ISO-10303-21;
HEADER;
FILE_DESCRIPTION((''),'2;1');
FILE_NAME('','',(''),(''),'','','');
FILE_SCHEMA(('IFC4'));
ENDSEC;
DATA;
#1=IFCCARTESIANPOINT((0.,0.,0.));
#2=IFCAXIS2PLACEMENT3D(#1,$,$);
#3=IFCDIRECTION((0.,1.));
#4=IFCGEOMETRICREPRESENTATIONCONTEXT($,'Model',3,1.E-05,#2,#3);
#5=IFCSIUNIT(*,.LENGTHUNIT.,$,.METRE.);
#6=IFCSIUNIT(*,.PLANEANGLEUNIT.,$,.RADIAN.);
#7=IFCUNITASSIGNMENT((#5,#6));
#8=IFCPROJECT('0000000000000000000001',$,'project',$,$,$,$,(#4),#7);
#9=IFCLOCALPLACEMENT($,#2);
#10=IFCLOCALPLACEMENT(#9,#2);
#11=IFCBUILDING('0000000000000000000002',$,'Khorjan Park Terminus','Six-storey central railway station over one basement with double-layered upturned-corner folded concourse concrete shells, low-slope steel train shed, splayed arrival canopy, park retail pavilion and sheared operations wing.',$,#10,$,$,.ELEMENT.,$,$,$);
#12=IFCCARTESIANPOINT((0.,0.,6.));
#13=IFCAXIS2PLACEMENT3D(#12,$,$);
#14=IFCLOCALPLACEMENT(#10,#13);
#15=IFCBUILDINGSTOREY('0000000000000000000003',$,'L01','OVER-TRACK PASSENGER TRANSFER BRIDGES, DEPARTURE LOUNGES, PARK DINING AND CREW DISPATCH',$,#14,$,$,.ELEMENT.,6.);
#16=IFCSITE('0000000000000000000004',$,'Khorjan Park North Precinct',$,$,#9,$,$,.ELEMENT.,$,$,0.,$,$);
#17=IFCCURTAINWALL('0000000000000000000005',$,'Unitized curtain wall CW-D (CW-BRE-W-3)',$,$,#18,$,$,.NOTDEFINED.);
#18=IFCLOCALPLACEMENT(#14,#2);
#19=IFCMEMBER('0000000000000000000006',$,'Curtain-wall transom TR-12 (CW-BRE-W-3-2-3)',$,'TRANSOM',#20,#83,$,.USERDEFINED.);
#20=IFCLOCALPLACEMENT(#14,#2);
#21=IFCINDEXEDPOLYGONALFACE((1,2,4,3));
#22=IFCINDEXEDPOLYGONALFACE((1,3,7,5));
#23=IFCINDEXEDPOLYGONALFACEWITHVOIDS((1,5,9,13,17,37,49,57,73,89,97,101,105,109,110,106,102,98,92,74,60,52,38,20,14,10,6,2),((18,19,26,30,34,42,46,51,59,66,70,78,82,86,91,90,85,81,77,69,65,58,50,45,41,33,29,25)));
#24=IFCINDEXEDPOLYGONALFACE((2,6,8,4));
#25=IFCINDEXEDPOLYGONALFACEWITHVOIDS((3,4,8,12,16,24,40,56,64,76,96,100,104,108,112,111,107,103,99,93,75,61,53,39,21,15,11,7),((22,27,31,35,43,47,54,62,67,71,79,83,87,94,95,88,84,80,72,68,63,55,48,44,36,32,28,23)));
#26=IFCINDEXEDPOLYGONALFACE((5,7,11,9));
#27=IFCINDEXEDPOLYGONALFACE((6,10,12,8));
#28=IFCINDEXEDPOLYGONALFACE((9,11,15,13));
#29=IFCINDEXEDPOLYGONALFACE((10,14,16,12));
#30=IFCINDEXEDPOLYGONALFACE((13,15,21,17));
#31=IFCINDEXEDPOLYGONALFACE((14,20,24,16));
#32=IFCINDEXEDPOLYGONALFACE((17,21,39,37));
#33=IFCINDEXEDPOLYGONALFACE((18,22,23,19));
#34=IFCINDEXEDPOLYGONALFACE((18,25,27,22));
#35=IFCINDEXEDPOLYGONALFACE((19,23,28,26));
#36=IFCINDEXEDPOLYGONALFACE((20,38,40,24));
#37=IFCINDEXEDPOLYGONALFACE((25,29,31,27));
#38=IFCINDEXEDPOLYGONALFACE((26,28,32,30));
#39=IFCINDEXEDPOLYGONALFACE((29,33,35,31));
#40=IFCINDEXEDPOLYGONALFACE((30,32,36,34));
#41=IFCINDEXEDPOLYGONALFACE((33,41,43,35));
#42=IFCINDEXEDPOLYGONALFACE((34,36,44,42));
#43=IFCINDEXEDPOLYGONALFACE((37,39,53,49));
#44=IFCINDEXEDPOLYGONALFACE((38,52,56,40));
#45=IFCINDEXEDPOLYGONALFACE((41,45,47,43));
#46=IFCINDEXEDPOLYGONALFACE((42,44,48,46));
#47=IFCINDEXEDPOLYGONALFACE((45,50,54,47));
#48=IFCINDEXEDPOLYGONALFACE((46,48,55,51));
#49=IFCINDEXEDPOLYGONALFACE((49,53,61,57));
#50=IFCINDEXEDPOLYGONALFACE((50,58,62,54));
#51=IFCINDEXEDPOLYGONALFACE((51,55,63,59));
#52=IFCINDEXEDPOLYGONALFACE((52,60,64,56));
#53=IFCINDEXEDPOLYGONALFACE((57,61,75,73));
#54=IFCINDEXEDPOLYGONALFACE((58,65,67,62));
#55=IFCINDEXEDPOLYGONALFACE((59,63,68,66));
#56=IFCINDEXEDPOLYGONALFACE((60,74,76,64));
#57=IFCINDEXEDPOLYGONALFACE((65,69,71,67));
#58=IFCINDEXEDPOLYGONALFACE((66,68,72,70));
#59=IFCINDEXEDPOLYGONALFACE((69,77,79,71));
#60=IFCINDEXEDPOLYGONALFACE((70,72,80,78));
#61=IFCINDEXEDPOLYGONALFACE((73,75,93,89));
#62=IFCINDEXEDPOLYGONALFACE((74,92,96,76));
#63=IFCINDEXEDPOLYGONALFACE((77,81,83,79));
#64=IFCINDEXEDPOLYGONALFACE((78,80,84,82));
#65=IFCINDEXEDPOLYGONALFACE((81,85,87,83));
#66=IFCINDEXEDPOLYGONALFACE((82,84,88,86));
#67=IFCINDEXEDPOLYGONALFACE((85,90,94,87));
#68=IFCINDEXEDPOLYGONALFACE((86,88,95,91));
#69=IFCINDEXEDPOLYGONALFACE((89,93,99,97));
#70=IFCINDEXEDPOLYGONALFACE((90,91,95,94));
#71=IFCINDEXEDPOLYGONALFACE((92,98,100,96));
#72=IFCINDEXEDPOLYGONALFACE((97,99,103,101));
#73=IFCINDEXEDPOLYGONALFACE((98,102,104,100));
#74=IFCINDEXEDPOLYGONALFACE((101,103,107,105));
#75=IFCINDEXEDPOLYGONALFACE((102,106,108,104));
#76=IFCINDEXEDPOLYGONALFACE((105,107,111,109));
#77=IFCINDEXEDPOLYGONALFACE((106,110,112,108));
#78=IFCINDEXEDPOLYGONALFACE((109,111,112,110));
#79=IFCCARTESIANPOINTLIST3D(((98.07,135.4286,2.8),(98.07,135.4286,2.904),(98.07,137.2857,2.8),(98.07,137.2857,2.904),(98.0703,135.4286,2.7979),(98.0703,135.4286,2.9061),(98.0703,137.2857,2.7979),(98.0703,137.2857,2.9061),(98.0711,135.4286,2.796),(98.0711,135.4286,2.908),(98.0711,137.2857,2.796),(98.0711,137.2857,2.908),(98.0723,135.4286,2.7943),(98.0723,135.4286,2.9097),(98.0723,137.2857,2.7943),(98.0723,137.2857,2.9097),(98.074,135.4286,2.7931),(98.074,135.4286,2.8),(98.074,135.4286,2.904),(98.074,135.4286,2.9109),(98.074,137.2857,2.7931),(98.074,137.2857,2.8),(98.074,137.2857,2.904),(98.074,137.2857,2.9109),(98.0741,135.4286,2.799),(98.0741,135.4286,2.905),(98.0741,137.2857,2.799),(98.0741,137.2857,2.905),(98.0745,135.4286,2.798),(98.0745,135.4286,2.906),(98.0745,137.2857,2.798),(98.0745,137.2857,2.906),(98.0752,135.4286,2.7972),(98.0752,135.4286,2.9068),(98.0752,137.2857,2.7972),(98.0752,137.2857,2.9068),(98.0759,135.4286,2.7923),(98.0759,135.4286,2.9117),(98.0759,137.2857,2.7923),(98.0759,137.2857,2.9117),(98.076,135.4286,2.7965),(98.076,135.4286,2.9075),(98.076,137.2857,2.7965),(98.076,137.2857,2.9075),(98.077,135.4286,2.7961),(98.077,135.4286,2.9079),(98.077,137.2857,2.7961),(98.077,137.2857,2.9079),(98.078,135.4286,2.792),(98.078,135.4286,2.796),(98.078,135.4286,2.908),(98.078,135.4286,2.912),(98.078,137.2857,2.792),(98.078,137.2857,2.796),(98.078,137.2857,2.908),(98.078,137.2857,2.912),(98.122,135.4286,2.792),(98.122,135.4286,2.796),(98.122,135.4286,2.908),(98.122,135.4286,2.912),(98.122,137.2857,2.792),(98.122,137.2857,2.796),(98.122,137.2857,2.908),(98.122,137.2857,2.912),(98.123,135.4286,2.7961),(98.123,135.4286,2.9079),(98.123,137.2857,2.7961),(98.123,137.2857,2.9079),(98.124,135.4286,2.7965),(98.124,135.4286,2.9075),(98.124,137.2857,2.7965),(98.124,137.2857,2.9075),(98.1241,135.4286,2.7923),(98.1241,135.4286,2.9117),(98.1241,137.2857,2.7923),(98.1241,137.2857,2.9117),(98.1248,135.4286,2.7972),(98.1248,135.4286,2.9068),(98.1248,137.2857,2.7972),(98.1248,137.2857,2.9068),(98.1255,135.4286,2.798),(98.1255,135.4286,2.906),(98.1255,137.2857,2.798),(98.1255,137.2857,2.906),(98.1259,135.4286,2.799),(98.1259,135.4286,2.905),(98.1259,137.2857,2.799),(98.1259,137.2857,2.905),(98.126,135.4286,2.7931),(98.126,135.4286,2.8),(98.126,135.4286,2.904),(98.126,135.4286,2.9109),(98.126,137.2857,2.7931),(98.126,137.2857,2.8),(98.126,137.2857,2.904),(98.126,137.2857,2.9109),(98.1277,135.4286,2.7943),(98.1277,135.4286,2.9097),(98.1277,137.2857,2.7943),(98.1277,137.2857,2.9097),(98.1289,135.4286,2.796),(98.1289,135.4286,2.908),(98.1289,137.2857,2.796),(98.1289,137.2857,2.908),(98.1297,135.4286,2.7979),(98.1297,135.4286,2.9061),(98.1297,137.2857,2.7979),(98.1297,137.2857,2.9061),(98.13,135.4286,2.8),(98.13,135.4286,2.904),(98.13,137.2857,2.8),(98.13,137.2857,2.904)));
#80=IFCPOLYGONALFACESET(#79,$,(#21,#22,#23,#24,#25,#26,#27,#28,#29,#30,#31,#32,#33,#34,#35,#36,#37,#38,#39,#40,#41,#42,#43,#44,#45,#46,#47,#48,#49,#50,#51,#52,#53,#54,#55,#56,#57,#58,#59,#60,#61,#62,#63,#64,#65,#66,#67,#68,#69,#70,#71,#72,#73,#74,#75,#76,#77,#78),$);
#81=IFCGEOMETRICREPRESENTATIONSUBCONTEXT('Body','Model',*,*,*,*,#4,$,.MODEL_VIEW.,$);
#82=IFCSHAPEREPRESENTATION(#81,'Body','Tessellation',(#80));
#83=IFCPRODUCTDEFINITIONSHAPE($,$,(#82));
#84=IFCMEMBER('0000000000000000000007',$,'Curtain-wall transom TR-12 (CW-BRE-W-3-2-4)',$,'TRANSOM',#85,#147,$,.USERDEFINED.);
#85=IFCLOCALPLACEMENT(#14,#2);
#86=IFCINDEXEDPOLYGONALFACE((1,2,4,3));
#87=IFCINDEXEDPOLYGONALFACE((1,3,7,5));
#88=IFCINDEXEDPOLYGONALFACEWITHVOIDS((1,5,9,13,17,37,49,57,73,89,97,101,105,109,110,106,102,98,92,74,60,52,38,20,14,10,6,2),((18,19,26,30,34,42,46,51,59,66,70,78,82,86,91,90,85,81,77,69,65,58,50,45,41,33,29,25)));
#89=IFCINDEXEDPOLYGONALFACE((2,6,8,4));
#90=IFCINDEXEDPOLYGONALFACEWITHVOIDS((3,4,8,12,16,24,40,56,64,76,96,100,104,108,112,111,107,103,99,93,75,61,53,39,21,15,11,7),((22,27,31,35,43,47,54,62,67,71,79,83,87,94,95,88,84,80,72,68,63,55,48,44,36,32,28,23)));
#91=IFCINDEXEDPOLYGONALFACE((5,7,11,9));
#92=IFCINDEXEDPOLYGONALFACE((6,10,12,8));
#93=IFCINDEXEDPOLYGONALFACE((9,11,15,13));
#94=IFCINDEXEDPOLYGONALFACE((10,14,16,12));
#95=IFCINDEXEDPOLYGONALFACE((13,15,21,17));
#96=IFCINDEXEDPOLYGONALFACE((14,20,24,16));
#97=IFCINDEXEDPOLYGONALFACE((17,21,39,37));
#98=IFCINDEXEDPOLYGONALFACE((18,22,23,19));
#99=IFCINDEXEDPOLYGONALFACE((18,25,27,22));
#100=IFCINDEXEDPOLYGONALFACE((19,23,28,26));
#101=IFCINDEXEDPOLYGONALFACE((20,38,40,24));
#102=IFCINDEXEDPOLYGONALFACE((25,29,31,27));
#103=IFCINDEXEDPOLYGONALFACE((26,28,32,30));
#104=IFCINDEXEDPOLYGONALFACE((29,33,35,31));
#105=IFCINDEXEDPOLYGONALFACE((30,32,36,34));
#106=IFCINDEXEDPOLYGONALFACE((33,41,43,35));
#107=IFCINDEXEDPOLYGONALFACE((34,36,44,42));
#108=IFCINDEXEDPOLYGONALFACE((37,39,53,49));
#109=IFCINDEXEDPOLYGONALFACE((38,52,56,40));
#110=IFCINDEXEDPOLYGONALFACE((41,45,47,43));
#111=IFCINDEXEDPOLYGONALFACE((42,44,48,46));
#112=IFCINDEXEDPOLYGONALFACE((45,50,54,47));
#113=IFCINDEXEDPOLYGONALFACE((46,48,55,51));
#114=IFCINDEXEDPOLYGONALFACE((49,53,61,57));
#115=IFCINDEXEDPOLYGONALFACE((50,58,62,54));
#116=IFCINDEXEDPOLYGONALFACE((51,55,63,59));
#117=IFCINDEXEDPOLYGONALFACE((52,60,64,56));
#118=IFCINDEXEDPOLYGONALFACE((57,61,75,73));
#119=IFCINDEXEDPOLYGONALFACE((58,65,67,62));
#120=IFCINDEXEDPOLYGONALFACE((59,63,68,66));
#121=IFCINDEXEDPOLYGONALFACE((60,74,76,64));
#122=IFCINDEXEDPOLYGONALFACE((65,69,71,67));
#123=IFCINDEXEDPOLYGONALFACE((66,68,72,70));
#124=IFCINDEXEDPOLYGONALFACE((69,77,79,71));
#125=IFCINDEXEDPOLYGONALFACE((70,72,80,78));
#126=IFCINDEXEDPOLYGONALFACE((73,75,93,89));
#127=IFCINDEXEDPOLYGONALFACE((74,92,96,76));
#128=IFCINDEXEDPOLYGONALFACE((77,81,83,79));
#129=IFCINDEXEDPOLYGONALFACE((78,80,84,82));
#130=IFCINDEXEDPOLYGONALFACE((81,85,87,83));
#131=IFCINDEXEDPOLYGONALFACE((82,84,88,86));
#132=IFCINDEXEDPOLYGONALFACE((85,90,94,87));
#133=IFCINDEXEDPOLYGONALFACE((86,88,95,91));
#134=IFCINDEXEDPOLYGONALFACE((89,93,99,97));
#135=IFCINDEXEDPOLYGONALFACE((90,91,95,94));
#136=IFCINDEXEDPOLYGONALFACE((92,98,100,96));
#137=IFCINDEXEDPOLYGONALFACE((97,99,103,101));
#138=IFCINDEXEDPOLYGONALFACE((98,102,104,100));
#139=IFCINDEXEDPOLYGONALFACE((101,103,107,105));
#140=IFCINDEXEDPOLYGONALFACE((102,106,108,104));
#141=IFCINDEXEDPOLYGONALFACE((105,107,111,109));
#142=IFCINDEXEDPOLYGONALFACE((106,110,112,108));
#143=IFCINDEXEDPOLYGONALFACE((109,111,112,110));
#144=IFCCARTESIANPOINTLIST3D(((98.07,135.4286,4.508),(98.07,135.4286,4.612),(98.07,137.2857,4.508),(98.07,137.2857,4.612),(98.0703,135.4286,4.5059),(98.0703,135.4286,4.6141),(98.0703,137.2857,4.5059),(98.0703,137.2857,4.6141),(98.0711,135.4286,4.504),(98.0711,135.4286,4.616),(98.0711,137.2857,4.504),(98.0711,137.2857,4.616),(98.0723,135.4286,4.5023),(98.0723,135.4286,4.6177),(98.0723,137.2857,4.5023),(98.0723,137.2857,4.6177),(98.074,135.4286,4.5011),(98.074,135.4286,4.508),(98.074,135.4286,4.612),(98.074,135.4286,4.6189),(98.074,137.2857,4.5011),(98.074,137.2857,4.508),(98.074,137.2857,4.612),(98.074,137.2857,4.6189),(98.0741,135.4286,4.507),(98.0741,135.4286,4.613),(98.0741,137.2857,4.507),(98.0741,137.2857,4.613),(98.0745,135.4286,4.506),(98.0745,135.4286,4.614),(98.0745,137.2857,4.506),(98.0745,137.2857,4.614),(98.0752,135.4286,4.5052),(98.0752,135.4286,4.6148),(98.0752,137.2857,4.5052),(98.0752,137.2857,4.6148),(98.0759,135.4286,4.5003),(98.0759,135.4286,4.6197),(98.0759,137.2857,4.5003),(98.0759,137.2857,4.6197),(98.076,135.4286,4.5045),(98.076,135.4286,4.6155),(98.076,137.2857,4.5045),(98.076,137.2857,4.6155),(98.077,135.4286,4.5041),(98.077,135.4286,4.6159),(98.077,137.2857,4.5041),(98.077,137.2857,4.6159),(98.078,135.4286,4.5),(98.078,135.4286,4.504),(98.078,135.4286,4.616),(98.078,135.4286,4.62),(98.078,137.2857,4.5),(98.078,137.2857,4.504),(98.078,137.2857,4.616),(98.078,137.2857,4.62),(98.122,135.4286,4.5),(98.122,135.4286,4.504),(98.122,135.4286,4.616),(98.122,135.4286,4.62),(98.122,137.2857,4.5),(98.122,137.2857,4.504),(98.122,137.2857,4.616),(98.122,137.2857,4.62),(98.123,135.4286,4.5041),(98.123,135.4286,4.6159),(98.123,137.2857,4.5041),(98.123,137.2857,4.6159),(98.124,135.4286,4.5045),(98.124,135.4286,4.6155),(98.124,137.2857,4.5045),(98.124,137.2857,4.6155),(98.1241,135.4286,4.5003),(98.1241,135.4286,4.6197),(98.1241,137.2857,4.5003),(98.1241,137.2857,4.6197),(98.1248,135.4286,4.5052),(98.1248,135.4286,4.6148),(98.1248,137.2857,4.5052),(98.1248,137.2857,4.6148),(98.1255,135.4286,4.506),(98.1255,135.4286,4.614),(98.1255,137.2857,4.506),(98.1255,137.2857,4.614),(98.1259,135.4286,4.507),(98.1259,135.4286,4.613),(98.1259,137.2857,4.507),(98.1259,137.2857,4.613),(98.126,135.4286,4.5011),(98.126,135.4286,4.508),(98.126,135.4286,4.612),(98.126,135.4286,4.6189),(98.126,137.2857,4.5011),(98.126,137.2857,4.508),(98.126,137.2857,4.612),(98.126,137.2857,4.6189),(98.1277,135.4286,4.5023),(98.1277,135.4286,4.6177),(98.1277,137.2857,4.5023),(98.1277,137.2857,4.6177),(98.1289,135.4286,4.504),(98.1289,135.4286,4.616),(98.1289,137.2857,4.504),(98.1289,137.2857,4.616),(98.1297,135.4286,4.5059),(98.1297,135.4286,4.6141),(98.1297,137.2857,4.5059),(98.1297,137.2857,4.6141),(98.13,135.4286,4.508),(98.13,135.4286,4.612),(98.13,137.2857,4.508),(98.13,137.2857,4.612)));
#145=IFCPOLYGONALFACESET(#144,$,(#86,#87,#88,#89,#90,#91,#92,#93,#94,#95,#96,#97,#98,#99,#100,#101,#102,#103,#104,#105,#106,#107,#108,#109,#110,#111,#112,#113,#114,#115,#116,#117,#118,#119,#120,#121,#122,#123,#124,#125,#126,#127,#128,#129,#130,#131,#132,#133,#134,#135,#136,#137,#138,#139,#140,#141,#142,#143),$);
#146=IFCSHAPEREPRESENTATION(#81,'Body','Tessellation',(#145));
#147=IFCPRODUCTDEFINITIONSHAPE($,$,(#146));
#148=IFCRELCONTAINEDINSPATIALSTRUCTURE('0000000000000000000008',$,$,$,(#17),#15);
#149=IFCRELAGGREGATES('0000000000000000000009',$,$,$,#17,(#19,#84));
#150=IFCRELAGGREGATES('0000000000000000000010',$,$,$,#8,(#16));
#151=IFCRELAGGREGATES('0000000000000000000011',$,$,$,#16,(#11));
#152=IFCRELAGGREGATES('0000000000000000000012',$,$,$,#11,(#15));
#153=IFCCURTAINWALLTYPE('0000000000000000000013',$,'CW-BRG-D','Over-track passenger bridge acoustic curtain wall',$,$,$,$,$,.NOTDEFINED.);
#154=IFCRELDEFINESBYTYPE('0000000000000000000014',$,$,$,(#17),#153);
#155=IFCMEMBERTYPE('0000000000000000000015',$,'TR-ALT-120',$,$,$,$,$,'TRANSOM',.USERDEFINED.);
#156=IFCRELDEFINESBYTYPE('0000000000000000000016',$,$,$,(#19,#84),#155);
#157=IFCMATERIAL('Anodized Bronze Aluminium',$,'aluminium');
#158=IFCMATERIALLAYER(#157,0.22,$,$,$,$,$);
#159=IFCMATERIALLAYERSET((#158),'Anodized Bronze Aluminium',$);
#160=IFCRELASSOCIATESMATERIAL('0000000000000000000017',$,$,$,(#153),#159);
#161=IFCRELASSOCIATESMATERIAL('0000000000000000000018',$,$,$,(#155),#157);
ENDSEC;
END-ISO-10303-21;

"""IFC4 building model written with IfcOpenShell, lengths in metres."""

from ifc_helpers import new_model, si_unit, direction, frame, origin, origin_2d, place, context, subcontext, project, spatial, hollow_rectangle, extrude, material, layer, layer_set, material_profile, profile_set, type_object, element, aggregate, save


model = new_model("IFC4")

# Units and contexts
model_context = context("Model", 3, precision=1e-05, world=origin(), true_north=direction((0.0, 1.0)))
body_context = subcontext(model_context, "Body", "Model", "MODEL_VIEW")
ifc_project = project(units=[si_unit("LENGTHUNIT", "METRE"), si_unit("PLANEANGLEUNIT", "RADIAN")], contexts=[model_context])

# Site, building, storey
site_placement = place(None, origin())
site = spatial("IfcSite", under=ifc_project, at=site_placement, Name="Khorjan Park North Precinct", CompositionType="ELEMENT", RefElevation=0.0)
building_placement = place(site_placement, origin())
building = spatial("IfcBuilding", under=site, at=building_placement, Name="Khorjan Park Terminus", Description="Six-storey central railway station over one basement with double-layered upturned-corner folded concourse concrete shells, low-slope steel train shed, splayed arrival canopy, park retail pavilion and sheared operations wing.", CompositionType="ELEMENT")
storey_placement = place(building_placement, frame((0.0, 0.0, 6.0)))
storey = spatial("IfcBuildingStorey", under=building, at=storey_placement, Name="L01", Description="OVER-TRACK PASSENGER TRANSFER BRIDGES, DEPARTURE LOUNGES, PARK DINING AND CREW DISPATCH", CompositionType="ELEMENT", Elevation=6.0)

# Curtain wall, members
ifc_material_1 = material(Name="Anodized Bronze Aluminium", Category="aluminium")
ifc_layer_1 = layer(ifc_material_1, 0.22)
ifc_layer_set_1 = layer_set([ifc_layer_1], Name="Anodized Bronze Aluminium")
curtain_wall_type = type_object("IfcCurtainWallType", Name="CW-BRG-D", Description="Over-track passenger bridge acoustic curtain wall", PredefinedType="NOTDEFINED", material=ifc_layer_set_1)
curtain_wall_1_placement = place(storey_placement, origin())
curtain_wall_1 = element("IfcCurtainWall", 1, at=curtain_wall_1_placement, inside=storey, type_object=curtain_wall_type, Name="Unitized curtain wall CW-D (CW-BRE-W-3)", PredefinedType="NOTDEFINED")
ifc_material_profile_1 = material_profile(ifc_material_1, hollow_rectangle(XDim=0.06, YDim=0.12, WallThickness=0.004, InnerFilletRadius=0.004, OuterFilletRadius=0.008, at=origin_2d()), Name="ALT 60x120x4")
ifc_profile_set_1 = profile_set([ifc_material_profile_1], Name="Anodized Bronze Aluminium")
member_type_1 = type_object("IfcMemberType", Name="TR-ALT-120", ElementType="TRANSOM", PredefinedType="USERDEFINED", material=ifc_profile_set_1)
member_1_placement = place(storey_placement, frame((98.1, 137.2857, 2.852), z_axis=(0.0, -1.0, 0.0), x_axis=(1.0, 0.0, 0.0)))
member_1 = element("IfcMember", 2, at=member_1_placement, type_object=member_type_1, Name="Curtain-wall transom TR-12 (CW-BRE-W-3-2-3)", ObjectType="TRANSOM", PredefinedType="USERDEFINED", context=body_context, shape_type="SweptSolid", body=[
    extrude(hollow_rectangle(XDim=0.06, YDim=0.12, WallThickness=0.004, InnerFilletRadius=0.004, OuterFilletRadius=0.008, at=origin_2d()), origin(), (0.0, 0.0, 1.0), 1.8571),
])
member_2_placement = place(storey_placement, frame((98.1, 137.2857, 4.56), z_axis=(0.0, -1.0, 0.0), x_axis=(1.0, 0.0, 0.0)))
member_2 = element("IfcMember", 3, at=member_2_placement, type_object=member_type_1, Name="Curtain-wall transom TR-12 (CW-BRE-W-3-2-4)", ObjectType="TRANSOM", PredefinedType="USERDEFINED", context=body_context, shape_type="SweptSolid", body=[
    extrude(hollow_rectangle(XDim=0.06, YDim=0.12, WallThickness=0.004, InnerFilletRadius=0.004, OuterFilletRadius=0.008, at=origin_2d()), origin(), (0.0, 0.0, 1.0), 1.8571),
])

aggregate(curtain_wall_1, [member_1, member_2])

save(model, "model.ifc")
